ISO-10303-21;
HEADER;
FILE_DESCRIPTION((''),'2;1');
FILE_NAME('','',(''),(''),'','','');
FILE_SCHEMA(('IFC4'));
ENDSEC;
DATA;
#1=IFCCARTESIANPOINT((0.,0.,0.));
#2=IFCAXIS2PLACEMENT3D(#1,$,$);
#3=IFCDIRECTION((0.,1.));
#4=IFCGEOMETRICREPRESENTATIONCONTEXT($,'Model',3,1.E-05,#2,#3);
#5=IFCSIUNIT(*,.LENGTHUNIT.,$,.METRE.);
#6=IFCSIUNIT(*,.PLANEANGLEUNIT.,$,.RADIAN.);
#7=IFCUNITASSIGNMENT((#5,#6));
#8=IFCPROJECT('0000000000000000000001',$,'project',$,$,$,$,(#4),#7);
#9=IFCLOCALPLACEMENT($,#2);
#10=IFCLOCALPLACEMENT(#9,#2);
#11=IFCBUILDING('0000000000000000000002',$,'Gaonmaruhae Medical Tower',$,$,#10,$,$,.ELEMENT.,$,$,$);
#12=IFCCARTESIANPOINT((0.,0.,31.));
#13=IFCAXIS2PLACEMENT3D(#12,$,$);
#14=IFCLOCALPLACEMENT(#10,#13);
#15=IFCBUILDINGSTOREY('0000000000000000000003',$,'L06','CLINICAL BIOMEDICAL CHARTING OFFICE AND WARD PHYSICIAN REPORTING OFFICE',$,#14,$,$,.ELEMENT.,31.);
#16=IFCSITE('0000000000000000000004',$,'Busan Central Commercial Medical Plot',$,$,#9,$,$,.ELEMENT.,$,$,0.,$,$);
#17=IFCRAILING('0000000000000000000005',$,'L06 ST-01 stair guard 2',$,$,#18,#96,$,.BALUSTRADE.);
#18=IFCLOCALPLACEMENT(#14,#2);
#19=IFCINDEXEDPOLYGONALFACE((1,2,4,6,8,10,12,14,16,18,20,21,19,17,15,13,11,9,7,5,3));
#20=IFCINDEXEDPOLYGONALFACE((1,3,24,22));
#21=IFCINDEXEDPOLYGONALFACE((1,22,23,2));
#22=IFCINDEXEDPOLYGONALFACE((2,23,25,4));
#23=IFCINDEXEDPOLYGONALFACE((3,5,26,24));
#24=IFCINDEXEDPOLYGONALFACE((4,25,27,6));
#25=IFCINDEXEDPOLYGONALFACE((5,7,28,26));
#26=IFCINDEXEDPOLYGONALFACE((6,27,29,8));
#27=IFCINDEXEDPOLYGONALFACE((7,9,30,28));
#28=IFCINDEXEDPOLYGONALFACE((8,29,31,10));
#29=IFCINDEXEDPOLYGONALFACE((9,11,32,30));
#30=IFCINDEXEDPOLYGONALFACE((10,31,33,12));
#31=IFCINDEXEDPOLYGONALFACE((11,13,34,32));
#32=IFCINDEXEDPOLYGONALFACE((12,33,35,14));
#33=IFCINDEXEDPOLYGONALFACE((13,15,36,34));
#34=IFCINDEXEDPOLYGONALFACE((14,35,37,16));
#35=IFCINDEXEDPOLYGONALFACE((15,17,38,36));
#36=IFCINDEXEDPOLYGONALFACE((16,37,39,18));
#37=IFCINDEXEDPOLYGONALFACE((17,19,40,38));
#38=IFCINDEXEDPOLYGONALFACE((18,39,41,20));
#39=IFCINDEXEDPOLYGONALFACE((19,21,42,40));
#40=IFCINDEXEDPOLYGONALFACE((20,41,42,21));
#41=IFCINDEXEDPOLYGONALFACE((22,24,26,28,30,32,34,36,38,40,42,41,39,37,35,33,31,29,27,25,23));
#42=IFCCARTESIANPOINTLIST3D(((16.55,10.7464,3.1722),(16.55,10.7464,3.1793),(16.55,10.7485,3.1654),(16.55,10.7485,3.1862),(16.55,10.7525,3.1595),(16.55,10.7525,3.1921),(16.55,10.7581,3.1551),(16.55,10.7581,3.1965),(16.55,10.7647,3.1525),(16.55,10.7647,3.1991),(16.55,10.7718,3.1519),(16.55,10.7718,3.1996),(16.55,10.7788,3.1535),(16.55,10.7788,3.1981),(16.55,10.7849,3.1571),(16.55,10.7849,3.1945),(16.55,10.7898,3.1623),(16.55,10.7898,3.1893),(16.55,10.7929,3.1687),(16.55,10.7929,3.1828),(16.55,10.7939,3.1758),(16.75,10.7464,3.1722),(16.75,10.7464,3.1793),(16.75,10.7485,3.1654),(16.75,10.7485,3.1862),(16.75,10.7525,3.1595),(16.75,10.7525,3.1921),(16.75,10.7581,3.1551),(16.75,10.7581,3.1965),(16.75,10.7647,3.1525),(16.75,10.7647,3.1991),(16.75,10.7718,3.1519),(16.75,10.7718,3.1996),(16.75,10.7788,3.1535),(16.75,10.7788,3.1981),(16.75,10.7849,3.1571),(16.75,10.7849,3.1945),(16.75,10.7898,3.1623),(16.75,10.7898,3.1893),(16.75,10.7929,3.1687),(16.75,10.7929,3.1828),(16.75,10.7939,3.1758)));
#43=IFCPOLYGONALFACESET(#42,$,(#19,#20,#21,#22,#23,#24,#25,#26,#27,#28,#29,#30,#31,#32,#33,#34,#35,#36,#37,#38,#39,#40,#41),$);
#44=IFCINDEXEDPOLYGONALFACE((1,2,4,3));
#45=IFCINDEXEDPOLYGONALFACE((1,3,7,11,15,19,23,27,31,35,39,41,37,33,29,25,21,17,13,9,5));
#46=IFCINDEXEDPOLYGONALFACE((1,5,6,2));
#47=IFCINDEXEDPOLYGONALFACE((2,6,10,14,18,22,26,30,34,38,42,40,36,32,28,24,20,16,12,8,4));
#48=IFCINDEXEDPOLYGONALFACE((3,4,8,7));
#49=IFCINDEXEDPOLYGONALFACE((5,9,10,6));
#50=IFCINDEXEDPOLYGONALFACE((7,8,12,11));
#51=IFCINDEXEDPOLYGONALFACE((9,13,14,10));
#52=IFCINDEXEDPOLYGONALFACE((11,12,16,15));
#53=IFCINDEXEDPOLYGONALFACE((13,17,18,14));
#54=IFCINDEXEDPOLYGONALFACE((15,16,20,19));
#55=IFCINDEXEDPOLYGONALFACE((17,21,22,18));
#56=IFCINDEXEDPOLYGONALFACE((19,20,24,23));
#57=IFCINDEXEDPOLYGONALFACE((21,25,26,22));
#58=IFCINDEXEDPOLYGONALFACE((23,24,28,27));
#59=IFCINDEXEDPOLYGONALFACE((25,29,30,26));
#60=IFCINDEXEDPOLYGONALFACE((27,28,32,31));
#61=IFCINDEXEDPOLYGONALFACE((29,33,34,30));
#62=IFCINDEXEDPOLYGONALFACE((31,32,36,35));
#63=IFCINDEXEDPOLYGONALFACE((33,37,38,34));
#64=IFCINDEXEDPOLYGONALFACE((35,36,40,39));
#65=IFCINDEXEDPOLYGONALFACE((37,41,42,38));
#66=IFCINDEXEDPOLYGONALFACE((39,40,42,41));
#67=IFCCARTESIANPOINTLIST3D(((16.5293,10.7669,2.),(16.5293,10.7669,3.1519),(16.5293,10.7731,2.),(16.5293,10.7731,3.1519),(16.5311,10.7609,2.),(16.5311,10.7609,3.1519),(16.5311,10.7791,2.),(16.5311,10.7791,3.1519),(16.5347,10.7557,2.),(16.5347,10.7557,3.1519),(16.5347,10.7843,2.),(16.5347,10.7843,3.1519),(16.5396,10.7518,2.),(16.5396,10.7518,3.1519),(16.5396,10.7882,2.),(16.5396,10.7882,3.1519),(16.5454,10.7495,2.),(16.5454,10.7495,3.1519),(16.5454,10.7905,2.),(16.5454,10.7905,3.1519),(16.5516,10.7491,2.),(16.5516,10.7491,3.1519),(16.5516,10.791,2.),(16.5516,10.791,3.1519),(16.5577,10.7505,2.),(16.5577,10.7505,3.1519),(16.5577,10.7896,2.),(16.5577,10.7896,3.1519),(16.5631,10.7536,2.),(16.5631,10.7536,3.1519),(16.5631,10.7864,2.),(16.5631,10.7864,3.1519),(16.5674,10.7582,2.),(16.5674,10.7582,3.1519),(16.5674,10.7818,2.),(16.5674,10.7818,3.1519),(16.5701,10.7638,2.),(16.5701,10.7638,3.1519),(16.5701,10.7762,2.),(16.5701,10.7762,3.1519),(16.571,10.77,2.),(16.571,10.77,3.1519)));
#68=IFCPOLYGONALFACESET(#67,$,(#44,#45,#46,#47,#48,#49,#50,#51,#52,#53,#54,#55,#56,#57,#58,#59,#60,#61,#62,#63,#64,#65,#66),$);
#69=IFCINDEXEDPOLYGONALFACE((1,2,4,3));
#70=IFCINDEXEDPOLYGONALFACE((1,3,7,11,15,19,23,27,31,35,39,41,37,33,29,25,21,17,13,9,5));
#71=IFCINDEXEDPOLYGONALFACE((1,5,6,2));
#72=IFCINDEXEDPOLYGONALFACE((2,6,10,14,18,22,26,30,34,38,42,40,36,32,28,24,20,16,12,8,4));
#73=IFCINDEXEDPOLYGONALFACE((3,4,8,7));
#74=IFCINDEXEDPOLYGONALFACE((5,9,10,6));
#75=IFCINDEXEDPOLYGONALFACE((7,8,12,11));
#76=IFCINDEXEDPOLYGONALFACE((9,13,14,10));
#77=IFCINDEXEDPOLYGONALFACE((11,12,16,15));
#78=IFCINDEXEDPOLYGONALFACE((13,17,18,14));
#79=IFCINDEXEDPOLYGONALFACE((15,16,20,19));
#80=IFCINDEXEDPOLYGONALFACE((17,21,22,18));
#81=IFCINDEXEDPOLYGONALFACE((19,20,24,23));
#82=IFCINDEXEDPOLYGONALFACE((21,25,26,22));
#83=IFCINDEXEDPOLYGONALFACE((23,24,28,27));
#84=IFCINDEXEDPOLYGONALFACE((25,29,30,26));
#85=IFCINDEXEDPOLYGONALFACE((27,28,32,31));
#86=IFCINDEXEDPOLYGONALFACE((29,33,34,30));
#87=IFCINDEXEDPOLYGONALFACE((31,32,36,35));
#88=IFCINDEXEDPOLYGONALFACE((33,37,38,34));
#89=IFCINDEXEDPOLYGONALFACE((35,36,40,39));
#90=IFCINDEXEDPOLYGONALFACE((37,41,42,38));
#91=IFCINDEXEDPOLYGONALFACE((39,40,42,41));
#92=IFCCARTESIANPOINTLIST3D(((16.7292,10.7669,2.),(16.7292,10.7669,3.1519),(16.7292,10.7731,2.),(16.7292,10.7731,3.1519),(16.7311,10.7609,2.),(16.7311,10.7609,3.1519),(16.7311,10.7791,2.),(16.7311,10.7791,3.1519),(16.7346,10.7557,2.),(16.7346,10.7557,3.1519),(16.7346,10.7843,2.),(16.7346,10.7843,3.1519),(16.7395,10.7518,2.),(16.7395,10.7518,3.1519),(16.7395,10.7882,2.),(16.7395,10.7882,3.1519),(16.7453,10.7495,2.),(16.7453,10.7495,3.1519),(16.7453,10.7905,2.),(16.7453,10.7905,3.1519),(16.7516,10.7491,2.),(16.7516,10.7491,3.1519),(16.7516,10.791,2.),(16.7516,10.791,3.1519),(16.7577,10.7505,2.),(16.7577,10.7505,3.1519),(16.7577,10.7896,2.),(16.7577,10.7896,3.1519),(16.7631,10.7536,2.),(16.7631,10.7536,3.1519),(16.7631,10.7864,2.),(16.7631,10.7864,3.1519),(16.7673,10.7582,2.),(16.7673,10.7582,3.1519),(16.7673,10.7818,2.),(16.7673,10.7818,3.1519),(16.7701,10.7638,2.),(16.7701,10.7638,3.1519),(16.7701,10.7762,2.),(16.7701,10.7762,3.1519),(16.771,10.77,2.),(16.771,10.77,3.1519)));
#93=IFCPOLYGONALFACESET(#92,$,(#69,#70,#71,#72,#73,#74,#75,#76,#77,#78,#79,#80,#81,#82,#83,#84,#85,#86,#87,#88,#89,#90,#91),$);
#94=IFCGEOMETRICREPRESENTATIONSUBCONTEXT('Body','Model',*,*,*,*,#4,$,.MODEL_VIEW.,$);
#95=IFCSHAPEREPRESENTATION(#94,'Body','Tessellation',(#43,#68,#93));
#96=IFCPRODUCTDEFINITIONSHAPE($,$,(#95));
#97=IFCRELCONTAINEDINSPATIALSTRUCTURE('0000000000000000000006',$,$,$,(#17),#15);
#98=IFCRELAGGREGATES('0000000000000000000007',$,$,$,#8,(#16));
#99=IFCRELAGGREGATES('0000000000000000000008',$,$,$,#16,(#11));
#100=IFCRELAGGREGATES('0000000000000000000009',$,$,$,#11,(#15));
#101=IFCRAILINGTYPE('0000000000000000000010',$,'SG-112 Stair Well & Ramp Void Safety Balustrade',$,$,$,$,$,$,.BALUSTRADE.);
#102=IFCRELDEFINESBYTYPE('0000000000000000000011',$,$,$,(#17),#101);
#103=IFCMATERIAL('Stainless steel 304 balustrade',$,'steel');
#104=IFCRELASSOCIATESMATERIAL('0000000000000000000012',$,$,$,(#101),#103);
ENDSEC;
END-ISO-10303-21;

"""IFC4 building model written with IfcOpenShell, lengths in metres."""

from ifc_helpers import new_model, si_unit, direction, frame, origin, origin_2d, place, context, subcontext, project, spatial, circle, extrude, material, type_object, element, save


model = new_model("IFC4")

# Units and contexts
model_context = context("Model", 3, precision=1e-05, world=origin(), true_north=direction((0.0, 1.0)))
body_context = subcontext(model_context, "Body", "Model", "MODEL_VIEW")
ifc_project = project(units=[si_unit("LENGTHUNIT", "METRE"), si_unit("PLANEANGLEUNIT", "RADIAN")], contexts=[model_context])

# Site, building, storey
site_placement = place(None, origin())
site = spatial("IfcSite", under=ifc_project, at=site_placement, Name="Busan Central Commercial Medical Plot", CompositionType="ELEMENT", RefElevation=0.0)
building_placement = place(site_placement, origin())
building = spatial("IfcBuilding", under=site, at=building_placement, Name="Gaonmaruhae Medical Tower", CompositionType="ELEMENT")
storey_placement = place(building_placement, frame((0.0, 0.0, 31.0)))
storey = spatial("IfcBuildingStorey", under=building, at=storey_placement, Name="L06", Description="CLINICAL BIOMEDICAL CHARTING OFFICE AND WARD PHYSICIAN REPORTING OFFICE", CompositionType="ELEMENT", Elevation=31.0)

# Railing
ifc_material_1 = material(Name="Stainless steel 304 balustrade", Category="steel")
railing_type_1 = type_object("IfcRailingType", Name="SG-112 Stair Well & Ramp Void Safety Balustrade", PredefinedType="BALUSTRADE", material=ifc_material_1)
railing_1_placement = place(storey_placement, frame((16.55, 10.77, 2.0)))
element("IfcRailing", 1, at=railing_1_placement, inside=storey, type_object=railing_type_1, Name="L06 ST-01 stair guard 2", PredefinedType="BALUSTRADE", context=body_context, shape_type="SweptSolid", body=[
    extrude(circle(Radius=0.0239, at=origin_2d()), frame((0.0, 0.0, 1.1758), z_axis=(1.0, 0.0, 0.0), x_axis=(0.0, 1.0, 0.0)), (0.0, 0.0, 1.0), 0.2),
    extrude(circle(Radius=0.021, at=origin_2d()), origin(), (0.0, 0.0, 1.0), 1.1519),
    extrude(circle(Radius=0.021, at=origin_2d()), frame((0.2, 0.0, 0.0)), (0.0, 0.0, 1.0), 1.1519),
])

save(model, "model.ifc")
